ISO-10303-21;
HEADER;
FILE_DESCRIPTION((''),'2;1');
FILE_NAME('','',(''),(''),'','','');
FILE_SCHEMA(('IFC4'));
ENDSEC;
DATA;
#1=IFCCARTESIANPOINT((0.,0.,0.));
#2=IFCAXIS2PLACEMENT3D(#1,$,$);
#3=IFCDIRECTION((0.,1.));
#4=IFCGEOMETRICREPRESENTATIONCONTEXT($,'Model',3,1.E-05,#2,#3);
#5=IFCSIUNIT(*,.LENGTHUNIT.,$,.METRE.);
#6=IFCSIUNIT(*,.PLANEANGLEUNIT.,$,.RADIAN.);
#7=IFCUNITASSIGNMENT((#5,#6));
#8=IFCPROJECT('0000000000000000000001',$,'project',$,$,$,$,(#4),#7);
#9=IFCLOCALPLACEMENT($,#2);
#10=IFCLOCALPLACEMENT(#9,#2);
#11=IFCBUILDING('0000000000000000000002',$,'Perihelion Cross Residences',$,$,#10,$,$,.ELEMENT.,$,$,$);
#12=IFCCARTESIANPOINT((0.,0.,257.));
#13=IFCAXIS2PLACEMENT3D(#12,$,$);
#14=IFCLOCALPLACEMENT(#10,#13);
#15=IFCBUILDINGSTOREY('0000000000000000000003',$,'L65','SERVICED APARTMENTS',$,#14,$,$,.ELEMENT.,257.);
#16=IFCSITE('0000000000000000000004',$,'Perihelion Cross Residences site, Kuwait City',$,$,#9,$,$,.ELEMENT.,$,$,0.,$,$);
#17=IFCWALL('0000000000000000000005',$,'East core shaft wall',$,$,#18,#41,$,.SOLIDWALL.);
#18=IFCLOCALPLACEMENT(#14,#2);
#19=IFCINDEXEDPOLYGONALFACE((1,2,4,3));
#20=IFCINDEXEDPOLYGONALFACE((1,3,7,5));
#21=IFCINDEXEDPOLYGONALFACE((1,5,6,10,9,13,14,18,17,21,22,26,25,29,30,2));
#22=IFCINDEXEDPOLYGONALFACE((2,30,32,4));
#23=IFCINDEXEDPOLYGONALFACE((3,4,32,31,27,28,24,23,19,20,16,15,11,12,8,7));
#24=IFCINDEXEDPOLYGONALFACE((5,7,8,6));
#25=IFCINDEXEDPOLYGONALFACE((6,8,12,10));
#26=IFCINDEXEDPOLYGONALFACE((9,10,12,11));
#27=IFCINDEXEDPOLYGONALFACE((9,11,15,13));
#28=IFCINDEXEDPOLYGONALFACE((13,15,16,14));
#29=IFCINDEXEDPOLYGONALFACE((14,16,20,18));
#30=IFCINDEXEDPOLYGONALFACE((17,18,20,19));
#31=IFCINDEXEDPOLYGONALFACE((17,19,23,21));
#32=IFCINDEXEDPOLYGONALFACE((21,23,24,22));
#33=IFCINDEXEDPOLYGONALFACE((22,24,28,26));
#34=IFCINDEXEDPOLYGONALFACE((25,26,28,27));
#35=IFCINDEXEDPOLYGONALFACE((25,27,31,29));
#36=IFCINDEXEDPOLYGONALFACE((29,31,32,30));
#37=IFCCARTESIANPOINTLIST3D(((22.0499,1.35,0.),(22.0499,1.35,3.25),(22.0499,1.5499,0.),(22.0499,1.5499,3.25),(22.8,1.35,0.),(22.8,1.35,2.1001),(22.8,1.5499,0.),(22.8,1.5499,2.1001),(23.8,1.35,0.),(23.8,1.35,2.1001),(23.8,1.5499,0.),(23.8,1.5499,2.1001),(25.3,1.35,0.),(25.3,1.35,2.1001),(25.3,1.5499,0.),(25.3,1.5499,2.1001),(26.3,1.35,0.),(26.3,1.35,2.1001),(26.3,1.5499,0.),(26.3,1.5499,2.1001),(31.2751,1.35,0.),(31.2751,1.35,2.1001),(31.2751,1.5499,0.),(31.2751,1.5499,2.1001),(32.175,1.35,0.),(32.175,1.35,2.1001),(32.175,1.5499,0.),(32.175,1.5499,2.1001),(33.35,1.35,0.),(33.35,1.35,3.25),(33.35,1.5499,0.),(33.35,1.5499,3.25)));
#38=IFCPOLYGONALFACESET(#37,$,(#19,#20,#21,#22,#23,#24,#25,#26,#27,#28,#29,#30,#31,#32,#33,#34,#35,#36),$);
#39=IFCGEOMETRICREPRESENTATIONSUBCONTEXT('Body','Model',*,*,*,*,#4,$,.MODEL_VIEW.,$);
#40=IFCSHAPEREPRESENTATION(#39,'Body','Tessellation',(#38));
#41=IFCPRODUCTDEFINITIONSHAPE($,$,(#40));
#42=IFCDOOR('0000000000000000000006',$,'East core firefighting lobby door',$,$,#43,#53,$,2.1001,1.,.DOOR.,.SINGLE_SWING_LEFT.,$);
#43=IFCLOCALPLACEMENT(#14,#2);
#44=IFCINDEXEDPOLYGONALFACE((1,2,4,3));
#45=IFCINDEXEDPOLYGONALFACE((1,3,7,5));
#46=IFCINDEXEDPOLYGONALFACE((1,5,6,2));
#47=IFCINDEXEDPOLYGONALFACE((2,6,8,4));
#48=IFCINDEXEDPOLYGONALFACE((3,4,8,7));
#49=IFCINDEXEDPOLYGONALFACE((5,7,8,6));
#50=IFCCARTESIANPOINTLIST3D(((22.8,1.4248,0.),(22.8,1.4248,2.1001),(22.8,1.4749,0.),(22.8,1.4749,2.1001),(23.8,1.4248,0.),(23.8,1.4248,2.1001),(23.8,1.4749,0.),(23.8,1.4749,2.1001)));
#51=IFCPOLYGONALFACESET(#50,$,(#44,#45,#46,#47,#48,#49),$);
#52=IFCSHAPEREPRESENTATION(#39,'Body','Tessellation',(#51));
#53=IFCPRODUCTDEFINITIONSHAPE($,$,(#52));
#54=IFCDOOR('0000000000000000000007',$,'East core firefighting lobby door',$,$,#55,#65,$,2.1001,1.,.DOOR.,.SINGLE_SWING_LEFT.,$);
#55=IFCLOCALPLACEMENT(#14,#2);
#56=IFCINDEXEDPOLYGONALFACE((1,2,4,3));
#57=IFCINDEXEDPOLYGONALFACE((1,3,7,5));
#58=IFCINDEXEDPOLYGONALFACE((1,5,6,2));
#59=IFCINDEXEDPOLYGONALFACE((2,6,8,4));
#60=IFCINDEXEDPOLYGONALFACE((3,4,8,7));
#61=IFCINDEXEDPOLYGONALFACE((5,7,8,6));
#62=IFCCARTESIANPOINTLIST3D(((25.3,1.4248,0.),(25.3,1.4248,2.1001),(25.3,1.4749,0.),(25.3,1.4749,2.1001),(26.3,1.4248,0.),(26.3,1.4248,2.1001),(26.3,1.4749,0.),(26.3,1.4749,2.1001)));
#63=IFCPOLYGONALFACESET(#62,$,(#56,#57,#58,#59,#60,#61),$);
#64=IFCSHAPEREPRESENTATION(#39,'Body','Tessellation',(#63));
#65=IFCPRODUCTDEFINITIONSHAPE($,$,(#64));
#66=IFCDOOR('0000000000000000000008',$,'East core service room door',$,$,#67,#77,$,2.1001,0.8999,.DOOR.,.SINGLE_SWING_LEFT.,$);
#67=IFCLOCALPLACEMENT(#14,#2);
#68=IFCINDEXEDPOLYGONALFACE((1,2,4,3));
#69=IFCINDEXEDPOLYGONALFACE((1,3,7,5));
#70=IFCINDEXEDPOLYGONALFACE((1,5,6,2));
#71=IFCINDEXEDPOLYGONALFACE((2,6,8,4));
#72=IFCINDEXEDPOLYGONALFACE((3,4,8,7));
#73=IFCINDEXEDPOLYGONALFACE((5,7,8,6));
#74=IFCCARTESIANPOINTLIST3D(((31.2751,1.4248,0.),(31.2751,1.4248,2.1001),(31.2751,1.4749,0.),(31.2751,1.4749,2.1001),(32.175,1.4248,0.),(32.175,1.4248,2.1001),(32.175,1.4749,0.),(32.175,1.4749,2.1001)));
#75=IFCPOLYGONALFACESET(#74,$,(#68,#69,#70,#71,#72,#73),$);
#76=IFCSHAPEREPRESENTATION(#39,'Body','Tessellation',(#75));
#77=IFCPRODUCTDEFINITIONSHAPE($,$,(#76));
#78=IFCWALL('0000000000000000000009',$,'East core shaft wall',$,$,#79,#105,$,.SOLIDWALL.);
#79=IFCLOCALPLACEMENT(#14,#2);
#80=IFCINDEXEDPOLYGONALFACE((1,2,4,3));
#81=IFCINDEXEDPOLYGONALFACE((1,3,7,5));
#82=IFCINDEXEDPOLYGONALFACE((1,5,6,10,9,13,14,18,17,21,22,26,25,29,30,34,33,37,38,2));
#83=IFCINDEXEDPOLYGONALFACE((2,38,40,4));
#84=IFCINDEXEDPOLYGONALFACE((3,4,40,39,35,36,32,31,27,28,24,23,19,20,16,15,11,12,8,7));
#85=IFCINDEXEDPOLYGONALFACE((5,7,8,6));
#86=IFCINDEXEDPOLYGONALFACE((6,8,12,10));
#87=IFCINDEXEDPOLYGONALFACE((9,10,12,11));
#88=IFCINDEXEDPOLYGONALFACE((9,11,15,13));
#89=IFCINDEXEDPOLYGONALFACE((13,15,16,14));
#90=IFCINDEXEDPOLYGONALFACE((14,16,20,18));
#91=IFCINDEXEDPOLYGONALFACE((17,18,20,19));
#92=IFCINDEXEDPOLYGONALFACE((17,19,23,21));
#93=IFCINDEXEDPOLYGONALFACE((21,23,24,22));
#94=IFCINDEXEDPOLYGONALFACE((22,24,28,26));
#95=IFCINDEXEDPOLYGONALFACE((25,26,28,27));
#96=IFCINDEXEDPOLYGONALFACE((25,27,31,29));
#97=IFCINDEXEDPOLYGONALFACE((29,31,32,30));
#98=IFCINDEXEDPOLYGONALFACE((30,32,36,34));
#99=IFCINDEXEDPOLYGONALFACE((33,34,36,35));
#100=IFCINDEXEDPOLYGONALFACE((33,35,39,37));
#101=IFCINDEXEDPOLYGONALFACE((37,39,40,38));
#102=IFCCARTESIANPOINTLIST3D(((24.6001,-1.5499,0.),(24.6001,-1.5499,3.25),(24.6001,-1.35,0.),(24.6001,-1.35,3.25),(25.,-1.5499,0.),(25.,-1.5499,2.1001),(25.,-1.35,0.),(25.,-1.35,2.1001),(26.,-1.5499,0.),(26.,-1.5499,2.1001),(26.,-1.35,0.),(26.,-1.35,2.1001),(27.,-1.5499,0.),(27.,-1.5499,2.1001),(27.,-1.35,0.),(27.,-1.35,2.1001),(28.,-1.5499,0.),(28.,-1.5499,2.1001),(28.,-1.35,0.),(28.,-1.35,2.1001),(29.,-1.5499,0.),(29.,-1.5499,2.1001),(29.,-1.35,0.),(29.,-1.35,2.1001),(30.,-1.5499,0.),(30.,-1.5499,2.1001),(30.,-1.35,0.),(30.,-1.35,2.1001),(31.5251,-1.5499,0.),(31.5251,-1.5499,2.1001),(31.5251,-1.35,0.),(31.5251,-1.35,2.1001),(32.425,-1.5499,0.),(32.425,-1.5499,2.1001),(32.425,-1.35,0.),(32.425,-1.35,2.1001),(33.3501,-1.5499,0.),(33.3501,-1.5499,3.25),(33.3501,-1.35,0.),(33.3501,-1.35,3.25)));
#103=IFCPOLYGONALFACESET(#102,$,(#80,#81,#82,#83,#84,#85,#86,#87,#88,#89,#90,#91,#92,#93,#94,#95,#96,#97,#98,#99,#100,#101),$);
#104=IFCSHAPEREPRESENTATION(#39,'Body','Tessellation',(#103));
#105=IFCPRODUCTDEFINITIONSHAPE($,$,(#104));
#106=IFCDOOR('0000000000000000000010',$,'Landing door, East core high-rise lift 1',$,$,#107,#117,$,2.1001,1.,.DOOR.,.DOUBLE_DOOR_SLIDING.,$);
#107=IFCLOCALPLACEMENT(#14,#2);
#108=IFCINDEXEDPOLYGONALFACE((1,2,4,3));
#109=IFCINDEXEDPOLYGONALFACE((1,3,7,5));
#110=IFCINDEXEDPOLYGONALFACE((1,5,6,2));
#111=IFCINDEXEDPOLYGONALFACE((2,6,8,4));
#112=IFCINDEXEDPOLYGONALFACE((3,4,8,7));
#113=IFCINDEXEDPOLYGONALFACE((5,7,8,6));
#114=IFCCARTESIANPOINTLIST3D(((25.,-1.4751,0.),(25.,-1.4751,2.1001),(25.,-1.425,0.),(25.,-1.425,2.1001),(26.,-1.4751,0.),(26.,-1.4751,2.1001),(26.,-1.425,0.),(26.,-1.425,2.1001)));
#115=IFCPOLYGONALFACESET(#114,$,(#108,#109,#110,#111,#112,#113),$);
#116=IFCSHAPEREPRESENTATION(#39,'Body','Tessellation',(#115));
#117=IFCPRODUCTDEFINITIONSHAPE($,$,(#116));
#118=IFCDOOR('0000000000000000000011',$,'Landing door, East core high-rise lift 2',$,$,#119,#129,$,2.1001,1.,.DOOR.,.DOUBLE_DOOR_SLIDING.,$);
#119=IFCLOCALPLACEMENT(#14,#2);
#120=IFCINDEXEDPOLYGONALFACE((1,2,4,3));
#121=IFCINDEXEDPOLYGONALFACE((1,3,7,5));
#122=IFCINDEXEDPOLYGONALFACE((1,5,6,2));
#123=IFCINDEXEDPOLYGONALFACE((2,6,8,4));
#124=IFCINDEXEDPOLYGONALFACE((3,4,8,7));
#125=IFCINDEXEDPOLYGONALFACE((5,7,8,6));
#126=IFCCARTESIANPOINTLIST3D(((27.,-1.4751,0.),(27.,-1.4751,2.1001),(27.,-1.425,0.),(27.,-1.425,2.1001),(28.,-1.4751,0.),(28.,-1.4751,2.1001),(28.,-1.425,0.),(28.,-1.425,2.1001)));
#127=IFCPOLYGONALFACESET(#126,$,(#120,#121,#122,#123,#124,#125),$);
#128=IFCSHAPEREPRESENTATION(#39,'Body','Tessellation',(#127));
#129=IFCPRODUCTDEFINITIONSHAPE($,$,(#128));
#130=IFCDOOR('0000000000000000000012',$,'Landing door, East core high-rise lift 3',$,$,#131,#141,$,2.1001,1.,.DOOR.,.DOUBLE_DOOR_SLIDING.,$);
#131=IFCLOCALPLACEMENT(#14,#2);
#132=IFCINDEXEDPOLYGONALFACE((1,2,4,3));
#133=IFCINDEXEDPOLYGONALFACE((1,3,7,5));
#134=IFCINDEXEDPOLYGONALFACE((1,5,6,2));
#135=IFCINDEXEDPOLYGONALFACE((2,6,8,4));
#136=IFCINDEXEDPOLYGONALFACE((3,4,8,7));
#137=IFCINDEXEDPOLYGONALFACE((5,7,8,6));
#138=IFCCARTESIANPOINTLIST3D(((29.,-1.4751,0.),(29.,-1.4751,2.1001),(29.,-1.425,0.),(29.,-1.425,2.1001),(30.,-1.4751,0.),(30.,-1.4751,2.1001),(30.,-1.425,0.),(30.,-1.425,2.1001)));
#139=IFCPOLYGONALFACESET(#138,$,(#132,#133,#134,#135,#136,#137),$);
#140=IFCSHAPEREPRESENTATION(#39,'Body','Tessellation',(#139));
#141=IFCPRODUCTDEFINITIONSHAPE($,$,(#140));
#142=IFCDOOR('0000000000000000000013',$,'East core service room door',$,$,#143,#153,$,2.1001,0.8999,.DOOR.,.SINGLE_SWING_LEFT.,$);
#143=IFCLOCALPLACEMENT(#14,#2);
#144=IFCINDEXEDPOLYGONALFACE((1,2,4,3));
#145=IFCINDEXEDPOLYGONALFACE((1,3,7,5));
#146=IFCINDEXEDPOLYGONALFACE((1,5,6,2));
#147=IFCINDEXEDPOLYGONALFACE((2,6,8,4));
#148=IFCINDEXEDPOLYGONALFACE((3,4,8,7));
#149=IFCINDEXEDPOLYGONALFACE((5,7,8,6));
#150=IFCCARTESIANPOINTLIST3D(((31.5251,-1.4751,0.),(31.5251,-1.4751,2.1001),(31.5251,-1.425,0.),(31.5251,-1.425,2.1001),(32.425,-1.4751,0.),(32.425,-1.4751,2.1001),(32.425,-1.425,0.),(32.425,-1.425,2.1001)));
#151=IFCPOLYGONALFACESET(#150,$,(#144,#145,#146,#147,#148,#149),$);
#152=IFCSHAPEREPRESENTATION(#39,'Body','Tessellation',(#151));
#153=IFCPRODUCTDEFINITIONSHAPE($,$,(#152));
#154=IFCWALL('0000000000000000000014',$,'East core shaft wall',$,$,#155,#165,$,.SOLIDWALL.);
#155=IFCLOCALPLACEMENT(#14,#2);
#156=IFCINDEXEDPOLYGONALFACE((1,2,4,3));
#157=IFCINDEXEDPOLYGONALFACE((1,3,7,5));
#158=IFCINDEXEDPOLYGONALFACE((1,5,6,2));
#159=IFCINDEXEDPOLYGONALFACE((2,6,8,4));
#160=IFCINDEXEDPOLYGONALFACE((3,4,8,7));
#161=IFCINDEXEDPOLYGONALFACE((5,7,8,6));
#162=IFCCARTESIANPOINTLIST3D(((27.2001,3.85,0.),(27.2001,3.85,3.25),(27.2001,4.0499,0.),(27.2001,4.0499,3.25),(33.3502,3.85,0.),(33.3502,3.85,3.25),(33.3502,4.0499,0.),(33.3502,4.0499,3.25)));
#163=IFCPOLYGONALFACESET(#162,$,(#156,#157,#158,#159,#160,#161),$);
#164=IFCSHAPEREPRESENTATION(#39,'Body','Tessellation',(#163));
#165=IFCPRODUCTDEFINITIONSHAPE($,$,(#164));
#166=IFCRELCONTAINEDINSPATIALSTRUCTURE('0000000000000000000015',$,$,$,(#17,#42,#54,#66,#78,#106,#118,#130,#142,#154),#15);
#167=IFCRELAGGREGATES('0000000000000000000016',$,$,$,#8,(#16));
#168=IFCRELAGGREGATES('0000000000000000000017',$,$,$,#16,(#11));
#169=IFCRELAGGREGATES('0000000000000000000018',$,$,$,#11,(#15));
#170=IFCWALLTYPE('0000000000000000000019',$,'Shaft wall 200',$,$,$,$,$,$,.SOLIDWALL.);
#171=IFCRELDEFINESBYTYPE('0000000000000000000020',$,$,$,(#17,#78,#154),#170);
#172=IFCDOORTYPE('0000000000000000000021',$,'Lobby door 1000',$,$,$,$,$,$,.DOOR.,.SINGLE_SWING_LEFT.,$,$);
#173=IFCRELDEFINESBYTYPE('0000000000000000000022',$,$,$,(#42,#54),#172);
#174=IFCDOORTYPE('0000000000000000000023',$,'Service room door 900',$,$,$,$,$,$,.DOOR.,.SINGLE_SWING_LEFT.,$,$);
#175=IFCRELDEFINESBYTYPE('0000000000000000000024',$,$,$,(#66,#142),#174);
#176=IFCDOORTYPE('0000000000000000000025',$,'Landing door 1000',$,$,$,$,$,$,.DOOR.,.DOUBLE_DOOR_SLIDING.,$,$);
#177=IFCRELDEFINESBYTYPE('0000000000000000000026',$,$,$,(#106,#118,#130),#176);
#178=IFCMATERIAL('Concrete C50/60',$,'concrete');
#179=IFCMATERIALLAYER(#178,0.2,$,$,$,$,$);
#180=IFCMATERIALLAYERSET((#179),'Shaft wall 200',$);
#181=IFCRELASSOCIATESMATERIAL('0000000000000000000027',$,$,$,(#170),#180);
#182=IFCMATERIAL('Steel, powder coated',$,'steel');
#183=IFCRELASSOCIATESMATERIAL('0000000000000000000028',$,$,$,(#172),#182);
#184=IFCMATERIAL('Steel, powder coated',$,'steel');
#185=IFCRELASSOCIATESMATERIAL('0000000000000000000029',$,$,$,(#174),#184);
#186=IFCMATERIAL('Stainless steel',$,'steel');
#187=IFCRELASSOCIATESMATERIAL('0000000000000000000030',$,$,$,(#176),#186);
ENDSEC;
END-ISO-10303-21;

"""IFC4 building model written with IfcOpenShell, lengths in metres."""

from ifc_helpers import new_model, si_unit, direction, frame, frame_2d, origin, place, context, subcontext, project, spatial, rectangle, extrude, material, layer, layer_set, type_object, element, fill, save


model = new_model("IFC4")

# Units and contexts
model_context = context("Model", 3, precision=1e-05, world=origin(), true_north=direction((0.0, 1.0)))
body_context = subcontext(model_context, "Body", "Model", "MODEL_VIEW")
ifc_project = project(units=[si_unit("LENGTHUNIT", "METRE"), si_unit("PLANEANGLEUNIT", "RADIAN")], contexts=[model_context])

# Site, building, storey
site_placement = place(None, origin())
site = spatial("IfcSite", under=ifc_project, at=site_placement, Name="Perihelion Cross Residences site, Kuwait City", CompositionType="ELEMENT", RefElevation=0.0)
building_placement = place(site_placement, origin())
building = spatial("IfcBuilding", under=site, at=building_placement, Name="Perihelion Cross Residences", CompositionType="ELEMENT")
storey_placement = place(building_placement, frame((0.0, 0.0, 257.0)))
storey = spatial("IfcBuildingStorey", under=building, at=storey_placement, Name="L65", Description="SERVICED APARTMENTS", CompositionType="ELEMENT", Elevation=257.0)

# Walls, openings, doors
ifc_material_1 = material(Name="Concrete C50/60", Category="concrete")
ifc_layer_1 = layer(ifc_material_1, 0.2)
ifc_layer_set_1 = layer_set([ifc_layer_1], Name="Shaft wall 200")
wall_type_1 = type_object("IfcWallType", Name="Shaft wall 200", PredefinedType="SOLIDWALL", material=ifc_layer_set_1)
wall_1_placement = place(storey_placement, frame((22.05, 1.45, 0.0), z_axis=(0.0, 0.0, 1.0), x_axis=(1.0, 0.0, 0.0)))
wall_1 = element("IfcWall", 1, at=wall_1_placement, inside=storey, type_object=wall_type_1, Name="East core shaft wall", PredefinedType="SOLIDWALL", context=body_context, shape_type="SweptSolid", body=[
    extrude(rectangle(XDim=11.3, YDim=0.2, at=frame_2d((5.6499, 0.0))), origin(), (0.0, 0.0, 1.0), 3.25),
])
opening_1_placement = place(wall_1_placement, frame((0.75, 0.0, 0.0)))
opening_1 = element("IfcOpeningElement", 2, at=opening_1_placement, cuts=wall_1, PredefinedType="OPENING", context=body_context, shape_type="SweptSolid", body=[
    extrude(rectangle(XDim=1.0, YDim=2.1001, at=frame_2d((0.5, 1.05))), frame((0.0, 0.1099, 0.0), z_axis=(0.0, -1.0, 0.0), x_axis=(1.0, 0.0, 0.0)), (0.0, 0.0, 1.0), 0.22),
])
opening_2_placement = place(wall_1_placement, frame((3.25, 0.0, 0.0)))
opening_2 = element("IfcOpeningElement", 3, at=opening_2_placement, cuts=wall_1, PredefinedType="OPENING", context=body_context, shape_type="SweptSolid", body=[
    extrude(rectangle(XDim=1.0, YDim=2.1001, at=frame_2d((0.5, 1.05))), frame((0.0, 0.1099, 0.0), z_axis=(0.0, -1.0, 0.0), x_axis=(1.0, 0.0, 0.0)), (0.0, 0.0, 1.0), 0.22),
])
opening_3_placement = place(wall_1_placement, frame((9.2251, 0.0, 0.0)))
opening_3 = element("IfcOpeningElement", 4, at=opening_3_placement, cuts=wall_1, PredefinedType="OPENING", context=body_context, shape_type="SweptSolid", body=[
    extrude(rectangle(XDim=0.8999, YDim=2.1001, at=frame_2d((0.45, 1.05))), frame((0.0, 0.1099, 0.0), z_axis=(0.0, -1.0, 0.0), x_axis=(1.0, 0.0, 0.0)), (0.0, 0.0, 1.0), 0.22),
])
ifc_material_2 = material(Name="Steel, powder coated", Category="steel")
door_type_1 = type_object("IfcDoorType", Name="Lobby door 1000", OperationType="SINGLE_SWING_LEFT", PredefinedType="DOOR", material=ifc_material_2)
door_1_placement = place(opening_1_placement, origin())
door_1 = element("IfcDoor", 5, at=door_1_placement, inside=storey, type_object=door_type_1, Name="East core firefighting lobby door", OperationType="SINGLE_SWING_LEFT", OverallHeight=2.1001, OverallWidth=1.0, PredefinedType="DOOR", context=body_context, shape_type="SweptSolid", body=[
    extrude(rectangle(XDim=1.0, YDim=2.1001, at=frame_2d((0.5, 1.05))), frame((0.0, 0.0249, 0.0), z_axis=(0.0, -1.0, 0.0), x_axis=(1.0, 0.0, 0.0)), (0.0, 0.0, 1.0), 0.05),
])
fill(opening_1, door_1)
door_2_placement = place(opening_2_placement, origin())
door_2 = element("IfcDoor", 6, at=door_2_placement, inside=storey, type_object=door_type_1, Name="East core firefighting lobby door", OperationType="SINGLE_SWING_LEFT", OverallHeight=2.1001, OverallWidth=1.0, PredefinedType="DOOR", context=body_context, shape_type="SweptSolid", body=[
    extrude(rectangle(XDim=1.0, YDim=2.1001, at=frame_2d((0.5, 1.05))), frame((0.0, 0.0249, 0.0), z_axis=(0.0, -1.0, 0.0), x_axis=(1.0, 0.0, 0.0)), (0.0, 0.0, 1.0), 0.05),
])
fill(opening_2, door_2)
ifc_material_3 = material(Name="Steel, powder coated", Category="steel")
door_type_2 = type_object("IfcDoorType", Name="Service room door 900", OperationType="SINGLE_SWING_LEFT", PredefinedType="DOOR", material=ifc_material_3)
door_3_placement = place(opening_3_placement, origin())
door_3 = element("IfcDoor", 7, at=door_3_placement, inside=storey, type_object=door_type_2, Name="East core service room door", OperationType="SINGLE_SWING_LEFT", OverallHeight=2.1001, OverallWidth=0.8999, PredefinedType="DOOR", context=body_context, shape_type="SweptSolid", body=[
    extrude(rectangle(XDim=0.8999, YDim=2.1001, at=frame_2d((0.45, 1.05))), frame((0.0, 0.0249, 0.0), z_axis=(0.0, -1.0, 0.0), x_axis=(1.0, 0.0, 0.0)), (0.0, 0.0, 1.0), 0.05),
])
fill(opening_3, door_3)
wall_2_placement = place(storey_placement, frame((24.6001, -1.45, 0.0), z_axis=(0.0, 0.0, 1.0), x_axis=(1.0, 0.0, 0.0)))
wall_2 = element("IfcWall", 8, at=wall_2_placement, inside=storey, type_object=wall_type_1, Name="East core shaft wall", PredefinedType="SOLIDWALL", context=body_context, shape_type="SweptSolid", body=[
    extrude(rectangle(XDim=8.75, YDim=0.2, at=frame_2d((4.375, 0.0))), origin(), (0.0, 0.0, 1.0), 3.25),
])
opening_4_placement = place(wall_2_placement, frame((0.3999, 0.0, 0.0)))
opening_4 = element("IfcOpeningElement", 9, at=opening_4_placement, cuts=wall_2, PredefinedType="OPENING", context=body_context, shape_type="SweptSolid", body=[
    extrude(rectangle(XDim=1.0, YDim=2.1001, at=frame_2d((0.5, 1.05))), frame((0.0, 0.1099, 0.0), z_axis=(0.0, -1.0, 0.0), x_axis=(1.0, 0.0, 0.0)), (0.0, 0.0, 1.0), 0.22),
])
opening_5_placement = place(wall_2_placement, frame((2.3999, 0.0, 0.0)))
opening_5 = element("IfcOpeningElement", 10, at=opening_5_placement, cuts=wall_2, PredefinedType="OPENING", context=body_context, shape_type="SweptSolid", body=[
    extrude(rectangle(XDim=1.0, YDim=2.1001, at=frame_2d((0.5, 1.05))), frame((0.0, 0.1099, 0.0), z_axis=(0.0, -1.0, 0.0), x_axis=(1.0, 0.0, 0.0)), (0.0, 0.0, 1.0), 0.22),
])
opening_6_placement = place(wall_2_placement, frame((4.3999, 0.0, 0.0)))
opening_6 = element("IfcOpeningElement", 11, at=opening_6_placement, cuts=wall_2, PredefinedType="OPENING", context=body_context, shape_type="SweptSolid", body=[
    extrude(rectangle(XDim=1.0, YDim=2.1001, at=frame_2d((0.5, 1.05))), frame((0.0, 0.1099, 0.0), z_axis=(0.0, -1.0, 0.0), x_axis=(1.0, 0.0, 0.0)), (0.0, 0.0, 1.0), 0.22),
])
opening_7_placement = place(wall_2_placement, frame((6.925, 0.0, 0.0)))
opening_7 = element("IfcOpeningElement", 12, at=opening_7_placement, cuts=wall_2, PredefinedType="OPENING", context=body_context, shape_type="SweptSolid", body=[
    extrude(rectangle(XDim=0.8999, YDim=2.1001, at=frame_2d((0.45, 1.05))), frame((0.0, 0.1099, 0.0), z_axis=(0.0, -1.0, 0.0), x_axis=(1.0, 0.0, 0.0)), (0.0, 0.0, 1.0), 0.22),
])
ifc_material_4 = material(Name="Stainless steel", Category="steel")
door_type_3 = type_object("IfcDoorType", Name="Landing door 1000", OperationType="DOUBLE_DOOR_SLIDING", PredefinedType="DOOR", material=ifc_material_4)
door_4_placement = place(opening_4_placement, origin())
door_4 = element("IfcDoor", 13, at=door_4_placement, inside=storey, type_object=door_type_3, Name="Landing door, East core high-rise lift 1", OperationType="DOUBLE_DOOR_SLIDING", OverallHeight=2.1001, OverallWidth=1.0, PredefinedType="DOOR", context=body_context, shape_type="SweptSolid", body=[
    extrude(rectangle(XDim=1.0, YDim=2.1001, at=frame_2d((0.5, 1.05))), frame((0.0, 0.0249, 0.0), z_axis=(0.0, -1.0, 0.0), x_axis=(1.0, 0.0, 0.0)), (0.0, 0.0, 1.0), 0.05),
])
fill(opening_4, door_4)
door_5_placement = place(opening_5_placement, origin())
door_5 = element("IfcDoor", 14, at=door_5_placement, inside=storey, type_object=door_type_3, Name="Landing door, East core high-rise lift 2", OperationType="DOUBLE_DOOR_SLIDING", OverallHeight=2.1001, OverallWidth=1.0, PredefinedType="DOOR", context=body_context, shape_type="SweptSolid", body=[
    extrude(rectangle(XDim=1.0, YDim=2.1001, at=frame_2d((0.5, 1.05))), frame((0.0, 0.0249, 0.0), z_axis=(0.0, -1.0, 0.0), x_axis=(1.0, 0.0, 0.0)), (0.0, 0.0, 1.0), 0.05),
])
fill(opening_5, door_5)
door_6_placement = place(opening_6_placement, origin())
door_6 = element("IfcDoor", 15, at=door_6_placement, inside=storey, type_object=door_type_3, Name="Landing door, East core high-rise lift 3", OperationType="DOUBLE_DOOR_SLIDING", OverallHeight=2.1001, OverallWidth=1.0, PredefinedType="DOOR", context=body_context, shape_type="SweptSolid", body=[
    extrude(rectangle(XDim=1.0, YDim=2.1001, at=frame_2d((0.5, 1.05))), frame((0.0, 0.0249, 0.0), z_axis=(0.0, -1.0, 0.0), x_axis=(1.0, 0.0, 0.0)), (0.0, 0.0, 1.0), 0.05),
])
fill(opening_6, door_6)
door_7_placement = place(opening_7_placement, origin())
door_7 = element("IfcDoor", 16, at=door_7_placement, inside=storey, type_object=door_type_2, Name="East core service room door", OperationType="SINGLE_SWING_LEFT", OverallHeight=2.1001, OverallWidth=0.8999, PredefinedType="DOOR", context=body_context, shape_type="SweptSolid", body=[
    extrude(rectangle(XDim=0.8999, YDim=2.1001, at=frame_2d((0.45, 1.05))), frame((0.0, 0.0249, 0.0), z_axis=(0.0, -1.0, 0.0), x_axis=(1.0, 0.0, 0.0)), (0.0, 0.0, 1.0), 0.05),
])
fill(opening_7, door_7)

# Wall
wall_3_placement = place(storey_placement, frame((27.2, 3.95, 0.0), z_axis=(0.0, 0.0, 1.0), x_axis=(1.0, 0.0, 0.0)))
element("IfcWall", 17, at=wall_3_placement, inside=storey, type_object=wall_type_1, Name="East core shaft wall", PredefinedType="SOLIDWALL", context=body_context, shape_type="SweptSolid", body=[
    extrude(rectangle(XDim=6.1501, YDim=0.2, at=frame_2d((3.0752, 0.0))), origin(), (0.0, 0.0, 1.0), 3.25),
])

save(model, "model.ifc")
